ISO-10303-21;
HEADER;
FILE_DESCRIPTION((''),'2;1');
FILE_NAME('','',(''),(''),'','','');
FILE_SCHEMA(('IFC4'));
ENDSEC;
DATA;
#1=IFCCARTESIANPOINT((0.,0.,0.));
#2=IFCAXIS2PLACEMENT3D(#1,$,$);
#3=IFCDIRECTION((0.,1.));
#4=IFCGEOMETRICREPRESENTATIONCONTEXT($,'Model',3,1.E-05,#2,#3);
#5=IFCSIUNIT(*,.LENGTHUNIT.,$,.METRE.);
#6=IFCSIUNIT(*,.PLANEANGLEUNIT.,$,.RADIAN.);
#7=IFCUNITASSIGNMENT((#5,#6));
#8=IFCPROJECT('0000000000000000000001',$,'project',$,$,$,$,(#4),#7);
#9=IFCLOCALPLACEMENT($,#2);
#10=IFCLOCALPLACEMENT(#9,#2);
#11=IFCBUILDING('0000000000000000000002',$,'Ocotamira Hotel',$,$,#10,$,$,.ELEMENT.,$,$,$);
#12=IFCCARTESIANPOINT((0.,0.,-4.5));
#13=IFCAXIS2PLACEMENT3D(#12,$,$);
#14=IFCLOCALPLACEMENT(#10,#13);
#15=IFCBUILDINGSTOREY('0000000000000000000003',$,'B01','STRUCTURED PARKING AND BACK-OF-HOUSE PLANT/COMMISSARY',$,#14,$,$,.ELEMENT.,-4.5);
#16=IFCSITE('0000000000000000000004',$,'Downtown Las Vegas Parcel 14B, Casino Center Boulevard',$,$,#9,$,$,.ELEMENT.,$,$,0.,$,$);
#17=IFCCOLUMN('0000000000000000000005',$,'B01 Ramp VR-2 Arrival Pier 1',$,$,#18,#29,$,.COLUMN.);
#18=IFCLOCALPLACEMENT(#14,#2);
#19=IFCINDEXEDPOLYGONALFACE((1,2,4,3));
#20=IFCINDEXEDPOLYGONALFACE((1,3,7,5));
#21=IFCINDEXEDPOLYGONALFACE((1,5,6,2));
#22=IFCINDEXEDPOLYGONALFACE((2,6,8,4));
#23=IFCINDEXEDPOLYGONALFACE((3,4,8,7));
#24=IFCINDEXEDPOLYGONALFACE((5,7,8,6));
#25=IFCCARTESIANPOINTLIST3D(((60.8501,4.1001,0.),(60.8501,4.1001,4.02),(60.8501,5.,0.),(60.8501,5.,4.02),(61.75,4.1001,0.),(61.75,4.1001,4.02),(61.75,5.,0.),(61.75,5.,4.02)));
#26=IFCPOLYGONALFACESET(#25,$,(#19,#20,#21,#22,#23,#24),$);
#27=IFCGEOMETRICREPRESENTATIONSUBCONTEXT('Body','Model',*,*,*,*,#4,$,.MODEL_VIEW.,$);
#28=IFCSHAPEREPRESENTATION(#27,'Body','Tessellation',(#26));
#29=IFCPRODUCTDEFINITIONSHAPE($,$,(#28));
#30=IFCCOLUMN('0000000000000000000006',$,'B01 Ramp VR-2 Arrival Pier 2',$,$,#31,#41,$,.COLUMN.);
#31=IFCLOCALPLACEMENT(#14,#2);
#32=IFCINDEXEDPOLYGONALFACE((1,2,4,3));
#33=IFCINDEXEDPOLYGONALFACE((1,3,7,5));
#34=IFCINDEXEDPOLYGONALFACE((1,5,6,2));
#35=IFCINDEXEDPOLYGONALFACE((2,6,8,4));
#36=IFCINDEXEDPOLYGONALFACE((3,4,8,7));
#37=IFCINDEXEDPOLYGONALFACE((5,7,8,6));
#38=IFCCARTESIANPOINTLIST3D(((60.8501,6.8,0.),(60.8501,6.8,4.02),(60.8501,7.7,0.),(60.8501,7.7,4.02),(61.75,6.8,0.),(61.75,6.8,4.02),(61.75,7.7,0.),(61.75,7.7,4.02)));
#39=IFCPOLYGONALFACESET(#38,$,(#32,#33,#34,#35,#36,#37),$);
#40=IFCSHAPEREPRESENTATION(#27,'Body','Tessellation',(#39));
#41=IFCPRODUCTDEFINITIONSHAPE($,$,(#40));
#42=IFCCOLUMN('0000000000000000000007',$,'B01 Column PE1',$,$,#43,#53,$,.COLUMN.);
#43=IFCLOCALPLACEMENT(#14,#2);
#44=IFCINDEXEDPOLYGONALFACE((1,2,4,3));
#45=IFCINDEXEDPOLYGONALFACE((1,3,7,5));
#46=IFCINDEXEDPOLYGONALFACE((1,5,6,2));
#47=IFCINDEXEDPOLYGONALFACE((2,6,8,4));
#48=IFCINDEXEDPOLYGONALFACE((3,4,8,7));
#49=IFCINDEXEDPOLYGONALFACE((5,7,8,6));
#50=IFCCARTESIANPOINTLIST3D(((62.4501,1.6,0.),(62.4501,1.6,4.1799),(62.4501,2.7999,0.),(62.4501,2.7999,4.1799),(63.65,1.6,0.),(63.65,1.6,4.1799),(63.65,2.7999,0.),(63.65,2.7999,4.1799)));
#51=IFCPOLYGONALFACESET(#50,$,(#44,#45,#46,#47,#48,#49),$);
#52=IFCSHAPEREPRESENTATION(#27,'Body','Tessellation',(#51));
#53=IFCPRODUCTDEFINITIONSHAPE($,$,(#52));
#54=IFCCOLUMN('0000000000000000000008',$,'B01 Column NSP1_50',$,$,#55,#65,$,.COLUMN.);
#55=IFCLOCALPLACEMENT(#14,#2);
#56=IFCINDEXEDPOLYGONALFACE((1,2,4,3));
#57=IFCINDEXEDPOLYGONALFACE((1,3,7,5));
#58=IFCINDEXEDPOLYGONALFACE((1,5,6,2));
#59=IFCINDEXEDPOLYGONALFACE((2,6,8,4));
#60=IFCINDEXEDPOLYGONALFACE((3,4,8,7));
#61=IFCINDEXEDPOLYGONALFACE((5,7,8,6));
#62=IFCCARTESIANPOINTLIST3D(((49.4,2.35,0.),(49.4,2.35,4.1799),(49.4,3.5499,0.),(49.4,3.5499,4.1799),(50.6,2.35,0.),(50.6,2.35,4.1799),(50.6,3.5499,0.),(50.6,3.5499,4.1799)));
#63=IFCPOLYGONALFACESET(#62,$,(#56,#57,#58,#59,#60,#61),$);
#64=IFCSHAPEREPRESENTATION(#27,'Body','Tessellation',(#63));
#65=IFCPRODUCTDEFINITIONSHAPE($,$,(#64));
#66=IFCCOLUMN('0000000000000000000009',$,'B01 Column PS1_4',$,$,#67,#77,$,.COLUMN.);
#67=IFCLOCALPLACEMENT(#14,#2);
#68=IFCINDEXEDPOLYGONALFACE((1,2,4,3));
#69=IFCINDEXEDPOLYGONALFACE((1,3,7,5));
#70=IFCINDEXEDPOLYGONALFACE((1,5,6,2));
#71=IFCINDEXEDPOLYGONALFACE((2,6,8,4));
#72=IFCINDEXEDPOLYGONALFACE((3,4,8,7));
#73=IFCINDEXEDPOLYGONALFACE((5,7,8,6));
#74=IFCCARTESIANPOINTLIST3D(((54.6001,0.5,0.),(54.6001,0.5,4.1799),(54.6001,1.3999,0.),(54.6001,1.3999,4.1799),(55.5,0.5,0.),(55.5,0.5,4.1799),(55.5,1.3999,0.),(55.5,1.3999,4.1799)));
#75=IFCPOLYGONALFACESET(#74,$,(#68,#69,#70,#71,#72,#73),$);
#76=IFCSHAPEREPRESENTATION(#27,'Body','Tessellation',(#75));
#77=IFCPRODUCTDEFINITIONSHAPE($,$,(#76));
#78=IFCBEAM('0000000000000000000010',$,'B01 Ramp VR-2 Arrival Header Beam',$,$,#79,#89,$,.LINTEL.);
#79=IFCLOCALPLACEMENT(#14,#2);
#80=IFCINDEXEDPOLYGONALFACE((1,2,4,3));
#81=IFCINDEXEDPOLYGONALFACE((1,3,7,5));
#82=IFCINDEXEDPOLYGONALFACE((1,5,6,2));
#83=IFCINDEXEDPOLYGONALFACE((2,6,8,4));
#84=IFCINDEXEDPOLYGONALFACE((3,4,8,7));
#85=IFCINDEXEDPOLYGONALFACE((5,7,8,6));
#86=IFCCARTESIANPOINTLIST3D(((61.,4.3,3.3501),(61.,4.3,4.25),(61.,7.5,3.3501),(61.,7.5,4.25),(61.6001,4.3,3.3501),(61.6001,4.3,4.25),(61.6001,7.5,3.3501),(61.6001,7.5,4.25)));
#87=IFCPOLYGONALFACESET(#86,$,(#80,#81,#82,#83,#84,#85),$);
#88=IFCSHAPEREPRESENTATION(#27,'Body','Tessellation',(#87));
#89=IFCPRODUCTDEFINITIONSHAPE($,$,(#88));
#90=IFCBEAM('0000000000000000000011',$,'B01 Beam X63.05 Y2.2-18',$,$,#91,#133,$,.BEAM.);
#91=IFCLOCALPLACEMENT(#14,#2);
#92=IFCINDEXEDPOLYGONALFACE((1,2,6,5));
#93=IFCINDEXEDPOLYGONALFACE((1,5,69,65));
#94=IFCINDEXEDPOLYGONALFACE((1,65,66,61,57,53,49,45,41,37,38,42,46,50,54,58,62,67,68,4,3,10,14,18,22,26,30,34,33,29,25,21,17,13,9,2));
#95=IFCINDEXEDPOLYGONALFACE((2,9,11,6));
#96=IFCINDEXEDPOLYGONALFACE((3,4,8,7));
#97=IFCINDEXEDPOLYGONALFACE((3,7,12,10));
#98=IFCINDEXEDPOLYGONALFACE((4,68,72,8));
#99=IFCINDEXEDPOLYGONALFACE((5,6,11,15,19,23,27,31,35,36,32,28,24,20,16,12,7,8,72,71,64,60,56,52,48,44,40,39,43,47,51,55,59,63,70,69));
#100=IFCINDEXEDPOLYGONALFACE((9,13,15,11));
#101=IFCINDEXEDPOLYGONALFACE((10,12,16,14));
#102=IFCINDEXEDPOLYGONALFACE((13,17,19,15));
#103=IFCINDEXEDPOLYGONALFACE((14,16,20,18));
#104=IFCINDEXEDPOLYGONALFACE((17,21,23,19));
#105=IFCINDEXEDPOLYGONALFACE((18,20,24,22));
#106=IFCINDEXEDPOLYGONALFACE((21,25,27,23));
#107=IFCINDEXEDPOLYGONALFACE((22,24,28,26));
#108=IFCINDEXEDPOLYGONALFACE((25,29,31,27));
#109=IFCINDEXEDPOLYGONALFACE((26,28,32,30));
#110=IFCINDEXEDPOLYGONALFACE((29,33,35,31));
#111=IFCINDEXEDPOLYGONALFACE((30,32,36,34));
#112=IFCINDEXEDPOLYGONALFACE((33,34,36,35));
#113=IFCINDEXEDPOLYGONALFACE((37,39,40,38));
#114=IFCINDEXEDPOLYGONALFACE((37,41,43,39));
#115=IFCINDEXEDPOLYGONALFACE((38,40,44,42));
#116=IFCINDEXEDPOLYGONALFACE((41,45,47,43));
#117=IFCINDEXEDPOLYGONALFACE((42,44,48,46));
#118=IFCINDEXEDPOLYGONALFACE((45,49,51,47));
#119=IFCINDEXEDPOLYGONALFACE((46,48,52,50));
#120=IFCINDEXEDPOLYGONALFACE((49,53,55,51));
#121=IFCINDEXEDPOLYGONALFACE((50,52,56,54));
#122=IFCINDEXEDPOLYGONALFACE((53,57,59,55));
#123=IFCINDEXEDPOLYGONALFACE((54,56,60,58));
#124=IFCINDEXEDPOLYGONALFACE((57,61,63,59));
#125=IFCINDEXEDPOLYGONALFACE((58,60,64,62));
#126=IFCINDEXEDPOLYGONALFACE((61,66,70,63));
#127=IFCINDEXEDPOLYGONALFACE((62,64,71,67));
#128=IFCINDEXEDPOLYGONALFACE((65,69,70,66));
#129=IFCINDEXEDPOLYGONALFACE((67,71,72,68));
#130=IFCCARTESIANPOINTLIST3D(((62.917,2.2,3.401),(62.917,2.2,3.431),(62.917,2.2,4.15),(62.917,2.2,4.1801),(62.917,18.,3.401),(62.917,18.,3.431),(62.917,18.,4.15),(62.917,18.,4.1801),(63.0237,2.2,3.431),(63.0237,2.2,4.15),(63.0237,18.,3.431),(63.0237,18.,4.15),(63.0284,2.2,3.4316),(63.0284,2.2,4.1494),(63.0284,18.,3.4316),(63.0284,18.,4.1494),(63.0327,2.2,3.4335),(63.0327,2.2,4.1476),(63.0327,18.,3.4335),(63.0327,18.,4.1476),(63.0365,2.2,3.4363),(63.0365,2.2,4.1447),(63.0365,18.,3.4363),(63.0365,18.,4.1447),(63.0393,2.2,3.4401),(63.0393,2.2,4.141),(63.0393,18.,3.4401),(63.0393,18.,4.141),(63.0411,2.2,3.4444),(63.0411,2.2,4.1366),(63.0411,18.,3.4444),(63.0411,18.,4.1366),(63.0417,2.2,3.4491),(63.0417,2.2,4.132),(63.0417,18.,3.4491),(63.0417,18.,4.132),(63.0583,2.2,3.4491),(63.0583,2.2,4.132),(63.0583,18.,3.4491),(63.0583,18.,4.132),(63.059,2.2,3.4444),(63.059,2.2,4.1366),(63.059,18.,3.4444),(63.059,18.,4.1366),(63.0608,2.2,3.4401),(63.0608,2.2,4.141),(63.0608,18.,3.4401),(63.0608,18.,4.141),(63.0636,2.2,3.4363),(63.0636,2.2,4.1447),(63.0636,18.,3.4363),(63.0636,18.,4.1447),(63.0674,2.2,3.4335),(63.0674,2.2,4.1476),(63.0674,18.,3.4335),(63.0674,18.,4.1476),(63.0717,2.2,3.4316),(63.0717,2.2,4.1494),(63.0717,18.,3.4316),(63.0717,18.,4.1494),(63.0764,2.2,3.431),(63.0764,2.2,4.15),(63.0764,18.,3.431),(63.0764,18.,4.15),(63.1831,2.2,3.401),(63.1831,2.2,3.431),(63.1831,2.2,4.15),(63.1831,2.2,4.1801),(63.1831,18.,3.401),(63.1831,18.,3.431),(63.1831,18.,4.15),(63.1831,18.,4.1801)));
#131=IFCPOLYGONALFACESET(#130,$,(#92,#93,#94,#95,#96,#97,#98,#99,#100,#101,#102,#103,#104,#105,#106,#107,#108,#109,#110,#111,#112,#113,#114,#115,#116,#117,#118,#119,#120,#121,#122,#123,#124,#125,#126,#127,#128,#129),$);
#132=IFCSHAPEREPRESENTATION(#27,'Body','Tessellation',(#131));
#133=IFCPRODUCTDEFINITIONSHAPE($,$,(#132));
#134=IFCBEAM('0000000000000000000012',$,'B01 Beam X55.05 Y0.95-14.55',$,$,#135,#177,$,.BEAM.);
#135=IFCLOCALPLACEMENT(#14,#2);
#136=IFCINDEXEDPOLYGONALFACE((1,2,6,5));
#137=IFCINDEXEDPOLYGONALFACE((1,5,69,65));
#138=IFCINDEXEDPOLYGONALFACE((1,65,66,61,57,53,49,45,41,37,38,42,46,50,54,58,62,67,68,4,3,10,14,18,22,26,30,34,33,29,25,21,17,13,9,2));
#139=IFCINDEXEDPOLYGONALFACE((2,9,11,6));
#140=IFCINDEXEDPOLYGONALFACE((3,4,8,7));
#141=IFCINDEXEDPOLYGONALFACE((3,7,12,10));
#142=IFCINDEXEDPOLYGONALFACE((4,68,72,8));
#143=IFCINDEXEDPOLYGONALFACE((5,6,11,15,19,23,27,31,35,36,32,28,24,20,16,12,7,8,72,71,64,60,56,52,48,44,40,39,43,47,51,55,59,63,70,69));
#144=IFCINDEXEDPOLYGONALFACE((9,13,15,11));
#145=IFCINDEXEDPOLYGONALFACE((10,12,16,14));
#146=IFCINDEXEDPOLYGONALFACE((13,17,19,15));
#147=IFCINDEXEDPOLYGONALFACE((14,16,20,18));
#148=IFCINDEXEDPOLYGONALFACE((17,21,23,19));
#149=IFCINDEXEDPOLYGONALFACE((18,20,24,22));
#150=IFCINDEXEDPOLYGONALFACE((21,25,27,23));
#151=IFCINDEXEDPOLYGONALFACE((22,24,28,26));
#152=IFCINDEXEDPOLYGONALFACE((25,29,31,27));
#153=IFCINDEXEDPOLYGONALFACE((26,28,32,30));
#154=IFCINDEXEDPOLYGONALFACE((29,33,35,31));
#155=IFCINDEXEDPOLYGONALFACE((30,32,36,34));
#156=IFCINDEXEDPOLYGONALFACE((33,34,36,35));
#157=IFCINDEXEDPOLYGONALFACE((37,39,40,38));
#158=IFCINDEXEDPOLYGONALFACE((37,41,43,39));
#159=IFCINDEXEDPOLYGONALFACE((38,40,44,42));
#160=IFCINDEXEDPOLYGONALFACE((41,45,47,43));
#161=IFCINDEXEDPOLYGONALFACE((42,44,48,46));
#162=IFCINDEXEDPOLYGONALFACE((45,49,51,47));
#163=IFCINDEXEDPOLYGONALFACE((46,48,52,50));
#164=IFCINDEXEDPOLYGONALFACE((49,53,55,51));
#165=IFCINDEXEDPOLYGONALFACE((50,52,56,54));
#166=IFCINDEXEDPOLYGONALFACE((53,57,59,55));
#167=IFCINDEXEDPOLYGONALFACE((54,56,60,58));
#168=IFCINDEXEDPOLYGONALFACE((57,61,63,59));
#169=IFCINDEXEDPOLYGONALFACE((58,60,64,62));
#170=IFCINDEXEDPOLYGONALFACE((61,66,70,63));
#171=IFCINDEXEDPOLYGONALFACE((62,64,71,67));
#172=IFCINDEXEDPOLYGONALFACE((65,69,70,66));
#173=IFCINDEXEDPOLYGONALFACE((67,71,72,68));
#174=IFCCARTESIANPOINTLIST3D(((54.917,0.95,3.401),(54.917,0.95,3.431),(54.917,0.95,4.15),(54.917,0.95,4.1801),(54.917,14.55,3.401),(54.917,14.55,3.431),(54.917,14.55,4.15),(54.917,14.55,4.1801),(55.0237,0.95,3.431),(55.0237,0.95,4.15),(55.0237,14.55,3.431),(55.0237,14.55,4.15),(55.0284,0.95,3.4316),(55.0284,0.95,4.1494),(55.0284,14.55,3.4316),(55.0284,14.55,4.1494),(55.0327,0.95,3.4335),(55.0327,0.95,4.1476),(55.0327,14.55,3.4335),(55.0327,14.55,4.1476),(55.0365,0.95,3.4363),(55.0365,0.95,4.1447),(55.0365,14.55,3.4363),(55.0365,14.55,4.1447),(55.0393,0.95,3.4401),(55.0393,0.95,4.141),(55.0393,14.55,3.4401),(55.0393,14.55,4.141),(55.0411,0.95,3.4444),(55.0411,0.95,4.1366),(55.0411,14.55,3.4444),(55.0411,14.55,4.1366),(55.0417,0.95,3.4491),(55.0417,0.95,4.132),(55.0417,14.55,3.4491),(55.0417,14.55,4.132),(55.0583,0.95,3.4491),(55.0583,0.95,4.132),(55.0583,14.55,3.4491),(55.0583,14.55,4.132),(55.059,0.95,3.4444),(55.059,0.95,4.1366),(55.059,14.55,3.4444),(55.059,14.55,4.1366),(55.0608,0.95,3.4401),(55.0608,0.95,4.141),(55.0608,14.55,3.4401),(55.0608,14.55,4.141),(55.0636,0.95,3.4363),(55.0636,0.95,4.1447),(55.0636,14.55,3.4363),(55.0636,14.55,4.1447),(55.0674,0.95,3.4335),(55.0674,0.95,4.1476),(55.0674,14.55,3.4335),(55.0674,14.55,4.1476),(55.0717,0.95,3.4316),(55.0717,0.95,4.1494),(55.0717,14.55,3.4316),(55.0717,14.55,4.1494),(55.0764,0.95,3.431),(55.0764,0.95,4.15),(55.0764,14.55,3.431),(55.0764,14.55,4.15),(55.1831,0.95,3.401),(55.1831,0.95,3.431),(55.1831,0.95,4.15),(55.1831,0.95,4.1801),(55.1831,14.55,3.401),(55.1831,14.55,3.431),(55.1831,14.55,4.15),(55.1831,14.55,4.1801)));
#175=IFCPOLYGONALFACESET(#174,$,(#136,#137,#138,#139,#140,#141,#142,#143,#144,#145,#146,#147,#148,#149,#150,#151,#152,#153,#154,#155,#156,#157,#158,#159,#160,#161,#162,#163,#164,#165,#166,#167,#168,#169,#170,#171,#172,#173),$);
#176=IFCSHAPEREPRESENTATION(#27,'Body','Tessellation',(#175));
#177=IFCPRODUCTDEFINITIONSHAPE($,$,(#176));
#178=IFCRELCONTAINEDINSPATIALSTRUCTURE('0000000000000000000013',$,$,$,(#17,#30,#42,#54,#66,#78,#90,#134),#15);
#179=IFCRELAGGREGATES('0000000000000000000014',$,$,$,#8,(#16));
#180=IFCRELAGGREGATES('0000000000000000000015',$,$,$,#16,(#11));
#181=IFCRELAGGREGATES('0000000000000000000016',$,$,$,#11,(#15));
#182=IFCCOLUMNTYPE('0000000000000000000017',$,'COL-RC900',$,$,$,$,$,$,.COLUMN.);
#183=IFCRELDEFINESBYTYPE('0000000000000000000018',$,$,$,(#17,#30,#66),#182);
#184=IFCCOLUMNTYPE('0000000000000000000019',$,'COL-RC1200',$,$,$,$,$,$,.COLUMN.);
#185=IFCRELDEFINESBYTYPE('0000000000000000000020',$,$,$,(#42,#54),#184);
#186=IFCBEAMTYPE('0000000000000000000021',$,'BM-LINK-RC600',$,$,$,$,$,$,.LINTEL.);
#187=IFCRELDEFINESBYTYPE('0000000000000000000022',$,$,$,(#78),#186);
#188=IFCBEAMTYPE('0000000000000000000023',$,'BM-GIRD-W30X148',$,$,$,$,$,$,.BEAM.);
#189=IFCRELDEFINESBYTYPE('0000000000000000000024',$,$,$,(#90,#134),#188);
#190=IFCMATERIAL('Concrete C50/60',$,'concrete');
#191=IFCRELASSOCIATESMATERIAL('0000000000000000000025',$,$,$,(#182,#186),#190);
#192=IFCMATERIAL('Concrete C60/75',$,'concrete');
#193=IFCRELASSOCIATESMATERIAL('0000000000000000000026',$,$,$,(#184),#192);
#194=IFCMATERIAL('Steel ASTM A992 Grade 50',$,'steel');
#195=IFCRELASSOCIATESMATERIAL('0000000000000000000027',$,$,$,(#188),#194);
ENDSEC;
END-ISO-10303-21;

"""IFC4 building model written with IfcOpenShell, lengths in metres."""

from ifc_helpers import new_model, si_unit, direction, frame, origin, origin_2d, place, context, subcontext, project, spatial, rectangle, i_section, extrude, source, transform, mapped, material, material_profile, profile_set, type_object, element, save


model = new_model("IFC4")

# Units and contexts
model_context = context("Model", 3, precision=1e-05, world=origin(), true_north=direction((0.0, 1.0)))
body_context = subcontext(model_context, "Body", "Model", "MODEL_VIEW")
ifc_project = project(units=[si_unit("LENGTHUNIT", "METRE"), si_unit("PLANEANGLEUNIT", "RADIAN")], contexts=[model_context])

# Site, building, storey
site_placement = place(None, origin())
site = spatial("IfcSite", under=ifc_project, at=site_placement, Name="Downtown Las Vegas Parcel 14B, Casino Center Boulevard", CompositionType="ELEMENT", RefElevation=0.0)
building_placement = place(site_placement, origin())
building = spatial("IfcBuilding", under=site, at=building_placement, Name="Ocotamira Hotel", CompositionType="ELEMENT")
storey_placement = place(building_placement, frame((0.0, 0.0, -4.5)))
storey = spatial("IfcBuildingStorey", under=building, at=storey_placement, Name="B01", Description="STRUCTURED PARKING AND BACK-OF-HOUSE PLANT/COMMISSARY", CompositionType="ELEMENT", Elevation=-4.5)

# Columns
ifc_material_1 = material(Name="Concrete C50/60", Category="concrete")
ifc_material_profile_1 = material_profile(ifc_material_1, rectangle(XDim=0.8999, YDim=0.8999, at=origin_2d()), Name="RC900X900")
ifc_profile_set_1 = profile_set([ifc_material_profile_1], Name="Concrete C50/60")
column_type_1 = type_object("IfcColumnType", Name="COL-RC900", PredefinedType="COLUMN", material=ifc_profile_set_1)
shared_shape_1 = source(origin(), body_context, "Body", "SweptSolid", [
    extrude(rectangle(XDim=0.8999, YDim=0.8999, at=origin_2d()), origin(), (0.0, 0.0, 1.0), 4.02),
])
for number, where, z_axis, x_axis, name in (
    (1, (61.3, 4.55, 0.0), (0.0, 0.0, 1.0), (1.0, 0.0, 0.0), "B01 Ramp VR-2 Arrival Pier 1"),
    (2, (61.3, 7.25, 0.0), (0.0, 0.0, 1.0), (1.0, 0.0, 0.0), "B01 Ramp VR-2 Arrival Pier 2"),
):
    element("IfcColumn", number, at=place(storey_placement, frame(where, z_axis=z_axis, x_axis=x_axis)), inside=storey, type_object=column_type_1, Name=name, PredefinedType="COLUMN", context=body_context, shape_type="MappedRepresentation", body=[
        mapped(shared_shape_1, transform((0.0, 0.0, 0.0), scale=1.0)),
    ])
ifc_material_2 = material(Name="Concrete C60/75", Category="concrete")
ifc_material_profile_2 = material_profile(ifc_material_2, rectangle(XDim=1.2, YDim=1.2, at=origin_2d()), Name="RC1200X1200")
ifc_profile_set_2 = profile_set([ifc_material_profile_2], Name="Concrete C60/75")
column_type_2 = type_object("IfcColumnType", Name="COL-RC1200", PredefinedType="COLUMN", material=ifc_profile_set_2)
shared_shape_2 = source(origin(), body_context, "Body", "SweptSolid", [
    extrude(rectangle(XDim=1.2, YDim=1.2, at=origin_2d()), origin(), (0.0, 0.0, 1.0), 4.1799),
])
for number, where, z_axis, x_axis, name in (
    (3, (63.05, 2.2, 0.0), (0.0, 0.0, 1.0), (1.0, 0.0, 0.0), "B01 Column PE1"),
    (4, (50.0, 2.95, 0.0), (0.0, 0.0, 1.0), (1.0, 0.0, 0.0), "B01 Column NSP1_50"),
):
    element("IfcColumn", number, at=place(storey_placement, frame(where, z_axis=z_axis, x_axis=x_axis)), inside=storey, type_object=column_type_2, Name=name, PredefinedType="COLUMN", context=body_context, shape_type="MappedRepresentation", body=[
        mapped(shared_shape_2, transform((0.0, 0.0, 0.0), scale=1.0)),
    ])
shared_shape_3 = source(origin(), body_context, "Body", "SweptSolid", [
    extrude(rectangle(XDim=0.8999, YDim=0.8999, at=origin_2d()), origin(), (0.0, 0.0, 1.0), 4.1799),
])
column_placement = place(storey_placement, frame((55.05, 0.95, 0.0), z_axis=(0.0, 0.0, 1.0), x_axis=(1.0, 0.0, 0.0)))
element("IfcColumn", 5, at=column_placement, inside=storey, type_object=column_type_1, Name="B01 Column PS1_4", PredefinedType="COLUMN", context=body_context, shape_type="MappedRepresentation", body=[
    mapped(shared_shape_3, transform((0.0, 0.0, 0.0), scale=1.0)),
])

# Beams
ifc_material_profile_3 = material_profile(ifc_material_1, rectangle(XDim=0.6001, YDim=0.8999, at=origin_2d()), Name="RC600X900")
ifc_profile_set_3 = profile_set([ifc_material_profile_3], Name="Concrete C50/60")
beam_type_1 = type_object("IfcBeamType", Name="BM-LINK-RC600", PredefinedType="LINTEL", material=ifc_profile_set_3)
shared_shape_4 = source(origin(), body_context, "Body", "SweptSolid", [
    extrude(rectangle(XDim=0.6001, YDim=0.8999, at=origin_2d()), origin(), (0.0, 0.0, 1.0), 3.2),
])
beam_1_placement = place(storey_placement, frame((61.3, 4.3, 3.8), z_axis=(0.0, 1.0, 0.0), x_axis=(-1.0, 0.0, 0.0)))
element("IfcBeam", 6, at=beam_1_placement, inside=storey, type_object=beam_type_1, Name="B01 Ramp VR-2 Arrival Header Beam", PredefinedType="LINTEL", context=body_context, shape_type="MappedRepresentation", body=[
    mapped(shared_shape_4, transform((0.0, 0.0, 0.0), scale=1.0)),
])
ifc_material_3 = material(Name="Steel ASTM A992 Grade 50", Category="steel")
ifc_material_profile_4 = material_profile(ifc_material_3, i_section(OverallWidth=0.2661, OverallDepth=0.7791, WebThickness=0.0166, FlangeThickness=0.03, FilletRadius=0.0181, at=origin_2d()), Name="W30X148")
ifc_profile_set_4 = profile_set([ifc_material_profile_4], Name="Steel ASTM A992 Grade 50")
beam_type_2 = type_object("IfcBeamType", Name="BM-GIRD-W30X148", PredefinedType="BEAM", material=ifc_profile_set_4)
shared_shape_5 = source(origin(), body_context, "Body", "SweptSolid", [
    extrude(i_section(OverallWidth=0.2661, OverallDepth=0.7791, WebThickness=0.0166, FlangeThickness=0.03, FilletRadius=0.0181, at=origin_2d()), origin(), (0.0, 0.0, 1.0), 15.8),
])
beam_2_placement = place(storey_placement, frame((63.05, 2.2, 3.7905), z_axis=(0.0, 1.0, 0.0), x_axis=(-1.0, 0.0, 0.0)))
element("IfcBeam", 7, at=beam_2_placement, inside=storey, type_object=beam_type_2, Name="B01 Beam X63.05 Y2.2-18", PredefinedType="BEAM", context=body_context, shape_type="MappedRepresentation", body=[
    mapped(shared_shape_5, transform((0.0, 0.0, 0.0), scale=1.0)),
])
shared_shape_6 = source(origin(), body_context, "Body", "SweptSolid", [
    extrude(i_section(OverallWidth=0.2661, OverallDepth=0.7791, WebThickness=0.0166, FlangeThickness=0.03, FilletRadius=0.0181, at=origin_2d()), origin(), (0.0, 0.0, 1.0), 13.6001),
])
beam_3_placement = place(storey_placement, frame((55.05, 0.95, 3.7905), z_axis=(0.0, 1.0, 0.0), x_axis=(-1.0, 0.0, 0.0)))
element("IfcBeam", 8, at=beam_3_placement, inside=storey, type_object=beam_type_2, Name="B01 Beam X55.05 Y0.95-14.55", PredefinedType="BEAM", context=body_context, shape_type="MappedRepresentation", body=[
    mapped(shared_shape_6, transform((0.0, 0.0, 0.0), scale=1.0)),
])

save(model, "model.ifc")
